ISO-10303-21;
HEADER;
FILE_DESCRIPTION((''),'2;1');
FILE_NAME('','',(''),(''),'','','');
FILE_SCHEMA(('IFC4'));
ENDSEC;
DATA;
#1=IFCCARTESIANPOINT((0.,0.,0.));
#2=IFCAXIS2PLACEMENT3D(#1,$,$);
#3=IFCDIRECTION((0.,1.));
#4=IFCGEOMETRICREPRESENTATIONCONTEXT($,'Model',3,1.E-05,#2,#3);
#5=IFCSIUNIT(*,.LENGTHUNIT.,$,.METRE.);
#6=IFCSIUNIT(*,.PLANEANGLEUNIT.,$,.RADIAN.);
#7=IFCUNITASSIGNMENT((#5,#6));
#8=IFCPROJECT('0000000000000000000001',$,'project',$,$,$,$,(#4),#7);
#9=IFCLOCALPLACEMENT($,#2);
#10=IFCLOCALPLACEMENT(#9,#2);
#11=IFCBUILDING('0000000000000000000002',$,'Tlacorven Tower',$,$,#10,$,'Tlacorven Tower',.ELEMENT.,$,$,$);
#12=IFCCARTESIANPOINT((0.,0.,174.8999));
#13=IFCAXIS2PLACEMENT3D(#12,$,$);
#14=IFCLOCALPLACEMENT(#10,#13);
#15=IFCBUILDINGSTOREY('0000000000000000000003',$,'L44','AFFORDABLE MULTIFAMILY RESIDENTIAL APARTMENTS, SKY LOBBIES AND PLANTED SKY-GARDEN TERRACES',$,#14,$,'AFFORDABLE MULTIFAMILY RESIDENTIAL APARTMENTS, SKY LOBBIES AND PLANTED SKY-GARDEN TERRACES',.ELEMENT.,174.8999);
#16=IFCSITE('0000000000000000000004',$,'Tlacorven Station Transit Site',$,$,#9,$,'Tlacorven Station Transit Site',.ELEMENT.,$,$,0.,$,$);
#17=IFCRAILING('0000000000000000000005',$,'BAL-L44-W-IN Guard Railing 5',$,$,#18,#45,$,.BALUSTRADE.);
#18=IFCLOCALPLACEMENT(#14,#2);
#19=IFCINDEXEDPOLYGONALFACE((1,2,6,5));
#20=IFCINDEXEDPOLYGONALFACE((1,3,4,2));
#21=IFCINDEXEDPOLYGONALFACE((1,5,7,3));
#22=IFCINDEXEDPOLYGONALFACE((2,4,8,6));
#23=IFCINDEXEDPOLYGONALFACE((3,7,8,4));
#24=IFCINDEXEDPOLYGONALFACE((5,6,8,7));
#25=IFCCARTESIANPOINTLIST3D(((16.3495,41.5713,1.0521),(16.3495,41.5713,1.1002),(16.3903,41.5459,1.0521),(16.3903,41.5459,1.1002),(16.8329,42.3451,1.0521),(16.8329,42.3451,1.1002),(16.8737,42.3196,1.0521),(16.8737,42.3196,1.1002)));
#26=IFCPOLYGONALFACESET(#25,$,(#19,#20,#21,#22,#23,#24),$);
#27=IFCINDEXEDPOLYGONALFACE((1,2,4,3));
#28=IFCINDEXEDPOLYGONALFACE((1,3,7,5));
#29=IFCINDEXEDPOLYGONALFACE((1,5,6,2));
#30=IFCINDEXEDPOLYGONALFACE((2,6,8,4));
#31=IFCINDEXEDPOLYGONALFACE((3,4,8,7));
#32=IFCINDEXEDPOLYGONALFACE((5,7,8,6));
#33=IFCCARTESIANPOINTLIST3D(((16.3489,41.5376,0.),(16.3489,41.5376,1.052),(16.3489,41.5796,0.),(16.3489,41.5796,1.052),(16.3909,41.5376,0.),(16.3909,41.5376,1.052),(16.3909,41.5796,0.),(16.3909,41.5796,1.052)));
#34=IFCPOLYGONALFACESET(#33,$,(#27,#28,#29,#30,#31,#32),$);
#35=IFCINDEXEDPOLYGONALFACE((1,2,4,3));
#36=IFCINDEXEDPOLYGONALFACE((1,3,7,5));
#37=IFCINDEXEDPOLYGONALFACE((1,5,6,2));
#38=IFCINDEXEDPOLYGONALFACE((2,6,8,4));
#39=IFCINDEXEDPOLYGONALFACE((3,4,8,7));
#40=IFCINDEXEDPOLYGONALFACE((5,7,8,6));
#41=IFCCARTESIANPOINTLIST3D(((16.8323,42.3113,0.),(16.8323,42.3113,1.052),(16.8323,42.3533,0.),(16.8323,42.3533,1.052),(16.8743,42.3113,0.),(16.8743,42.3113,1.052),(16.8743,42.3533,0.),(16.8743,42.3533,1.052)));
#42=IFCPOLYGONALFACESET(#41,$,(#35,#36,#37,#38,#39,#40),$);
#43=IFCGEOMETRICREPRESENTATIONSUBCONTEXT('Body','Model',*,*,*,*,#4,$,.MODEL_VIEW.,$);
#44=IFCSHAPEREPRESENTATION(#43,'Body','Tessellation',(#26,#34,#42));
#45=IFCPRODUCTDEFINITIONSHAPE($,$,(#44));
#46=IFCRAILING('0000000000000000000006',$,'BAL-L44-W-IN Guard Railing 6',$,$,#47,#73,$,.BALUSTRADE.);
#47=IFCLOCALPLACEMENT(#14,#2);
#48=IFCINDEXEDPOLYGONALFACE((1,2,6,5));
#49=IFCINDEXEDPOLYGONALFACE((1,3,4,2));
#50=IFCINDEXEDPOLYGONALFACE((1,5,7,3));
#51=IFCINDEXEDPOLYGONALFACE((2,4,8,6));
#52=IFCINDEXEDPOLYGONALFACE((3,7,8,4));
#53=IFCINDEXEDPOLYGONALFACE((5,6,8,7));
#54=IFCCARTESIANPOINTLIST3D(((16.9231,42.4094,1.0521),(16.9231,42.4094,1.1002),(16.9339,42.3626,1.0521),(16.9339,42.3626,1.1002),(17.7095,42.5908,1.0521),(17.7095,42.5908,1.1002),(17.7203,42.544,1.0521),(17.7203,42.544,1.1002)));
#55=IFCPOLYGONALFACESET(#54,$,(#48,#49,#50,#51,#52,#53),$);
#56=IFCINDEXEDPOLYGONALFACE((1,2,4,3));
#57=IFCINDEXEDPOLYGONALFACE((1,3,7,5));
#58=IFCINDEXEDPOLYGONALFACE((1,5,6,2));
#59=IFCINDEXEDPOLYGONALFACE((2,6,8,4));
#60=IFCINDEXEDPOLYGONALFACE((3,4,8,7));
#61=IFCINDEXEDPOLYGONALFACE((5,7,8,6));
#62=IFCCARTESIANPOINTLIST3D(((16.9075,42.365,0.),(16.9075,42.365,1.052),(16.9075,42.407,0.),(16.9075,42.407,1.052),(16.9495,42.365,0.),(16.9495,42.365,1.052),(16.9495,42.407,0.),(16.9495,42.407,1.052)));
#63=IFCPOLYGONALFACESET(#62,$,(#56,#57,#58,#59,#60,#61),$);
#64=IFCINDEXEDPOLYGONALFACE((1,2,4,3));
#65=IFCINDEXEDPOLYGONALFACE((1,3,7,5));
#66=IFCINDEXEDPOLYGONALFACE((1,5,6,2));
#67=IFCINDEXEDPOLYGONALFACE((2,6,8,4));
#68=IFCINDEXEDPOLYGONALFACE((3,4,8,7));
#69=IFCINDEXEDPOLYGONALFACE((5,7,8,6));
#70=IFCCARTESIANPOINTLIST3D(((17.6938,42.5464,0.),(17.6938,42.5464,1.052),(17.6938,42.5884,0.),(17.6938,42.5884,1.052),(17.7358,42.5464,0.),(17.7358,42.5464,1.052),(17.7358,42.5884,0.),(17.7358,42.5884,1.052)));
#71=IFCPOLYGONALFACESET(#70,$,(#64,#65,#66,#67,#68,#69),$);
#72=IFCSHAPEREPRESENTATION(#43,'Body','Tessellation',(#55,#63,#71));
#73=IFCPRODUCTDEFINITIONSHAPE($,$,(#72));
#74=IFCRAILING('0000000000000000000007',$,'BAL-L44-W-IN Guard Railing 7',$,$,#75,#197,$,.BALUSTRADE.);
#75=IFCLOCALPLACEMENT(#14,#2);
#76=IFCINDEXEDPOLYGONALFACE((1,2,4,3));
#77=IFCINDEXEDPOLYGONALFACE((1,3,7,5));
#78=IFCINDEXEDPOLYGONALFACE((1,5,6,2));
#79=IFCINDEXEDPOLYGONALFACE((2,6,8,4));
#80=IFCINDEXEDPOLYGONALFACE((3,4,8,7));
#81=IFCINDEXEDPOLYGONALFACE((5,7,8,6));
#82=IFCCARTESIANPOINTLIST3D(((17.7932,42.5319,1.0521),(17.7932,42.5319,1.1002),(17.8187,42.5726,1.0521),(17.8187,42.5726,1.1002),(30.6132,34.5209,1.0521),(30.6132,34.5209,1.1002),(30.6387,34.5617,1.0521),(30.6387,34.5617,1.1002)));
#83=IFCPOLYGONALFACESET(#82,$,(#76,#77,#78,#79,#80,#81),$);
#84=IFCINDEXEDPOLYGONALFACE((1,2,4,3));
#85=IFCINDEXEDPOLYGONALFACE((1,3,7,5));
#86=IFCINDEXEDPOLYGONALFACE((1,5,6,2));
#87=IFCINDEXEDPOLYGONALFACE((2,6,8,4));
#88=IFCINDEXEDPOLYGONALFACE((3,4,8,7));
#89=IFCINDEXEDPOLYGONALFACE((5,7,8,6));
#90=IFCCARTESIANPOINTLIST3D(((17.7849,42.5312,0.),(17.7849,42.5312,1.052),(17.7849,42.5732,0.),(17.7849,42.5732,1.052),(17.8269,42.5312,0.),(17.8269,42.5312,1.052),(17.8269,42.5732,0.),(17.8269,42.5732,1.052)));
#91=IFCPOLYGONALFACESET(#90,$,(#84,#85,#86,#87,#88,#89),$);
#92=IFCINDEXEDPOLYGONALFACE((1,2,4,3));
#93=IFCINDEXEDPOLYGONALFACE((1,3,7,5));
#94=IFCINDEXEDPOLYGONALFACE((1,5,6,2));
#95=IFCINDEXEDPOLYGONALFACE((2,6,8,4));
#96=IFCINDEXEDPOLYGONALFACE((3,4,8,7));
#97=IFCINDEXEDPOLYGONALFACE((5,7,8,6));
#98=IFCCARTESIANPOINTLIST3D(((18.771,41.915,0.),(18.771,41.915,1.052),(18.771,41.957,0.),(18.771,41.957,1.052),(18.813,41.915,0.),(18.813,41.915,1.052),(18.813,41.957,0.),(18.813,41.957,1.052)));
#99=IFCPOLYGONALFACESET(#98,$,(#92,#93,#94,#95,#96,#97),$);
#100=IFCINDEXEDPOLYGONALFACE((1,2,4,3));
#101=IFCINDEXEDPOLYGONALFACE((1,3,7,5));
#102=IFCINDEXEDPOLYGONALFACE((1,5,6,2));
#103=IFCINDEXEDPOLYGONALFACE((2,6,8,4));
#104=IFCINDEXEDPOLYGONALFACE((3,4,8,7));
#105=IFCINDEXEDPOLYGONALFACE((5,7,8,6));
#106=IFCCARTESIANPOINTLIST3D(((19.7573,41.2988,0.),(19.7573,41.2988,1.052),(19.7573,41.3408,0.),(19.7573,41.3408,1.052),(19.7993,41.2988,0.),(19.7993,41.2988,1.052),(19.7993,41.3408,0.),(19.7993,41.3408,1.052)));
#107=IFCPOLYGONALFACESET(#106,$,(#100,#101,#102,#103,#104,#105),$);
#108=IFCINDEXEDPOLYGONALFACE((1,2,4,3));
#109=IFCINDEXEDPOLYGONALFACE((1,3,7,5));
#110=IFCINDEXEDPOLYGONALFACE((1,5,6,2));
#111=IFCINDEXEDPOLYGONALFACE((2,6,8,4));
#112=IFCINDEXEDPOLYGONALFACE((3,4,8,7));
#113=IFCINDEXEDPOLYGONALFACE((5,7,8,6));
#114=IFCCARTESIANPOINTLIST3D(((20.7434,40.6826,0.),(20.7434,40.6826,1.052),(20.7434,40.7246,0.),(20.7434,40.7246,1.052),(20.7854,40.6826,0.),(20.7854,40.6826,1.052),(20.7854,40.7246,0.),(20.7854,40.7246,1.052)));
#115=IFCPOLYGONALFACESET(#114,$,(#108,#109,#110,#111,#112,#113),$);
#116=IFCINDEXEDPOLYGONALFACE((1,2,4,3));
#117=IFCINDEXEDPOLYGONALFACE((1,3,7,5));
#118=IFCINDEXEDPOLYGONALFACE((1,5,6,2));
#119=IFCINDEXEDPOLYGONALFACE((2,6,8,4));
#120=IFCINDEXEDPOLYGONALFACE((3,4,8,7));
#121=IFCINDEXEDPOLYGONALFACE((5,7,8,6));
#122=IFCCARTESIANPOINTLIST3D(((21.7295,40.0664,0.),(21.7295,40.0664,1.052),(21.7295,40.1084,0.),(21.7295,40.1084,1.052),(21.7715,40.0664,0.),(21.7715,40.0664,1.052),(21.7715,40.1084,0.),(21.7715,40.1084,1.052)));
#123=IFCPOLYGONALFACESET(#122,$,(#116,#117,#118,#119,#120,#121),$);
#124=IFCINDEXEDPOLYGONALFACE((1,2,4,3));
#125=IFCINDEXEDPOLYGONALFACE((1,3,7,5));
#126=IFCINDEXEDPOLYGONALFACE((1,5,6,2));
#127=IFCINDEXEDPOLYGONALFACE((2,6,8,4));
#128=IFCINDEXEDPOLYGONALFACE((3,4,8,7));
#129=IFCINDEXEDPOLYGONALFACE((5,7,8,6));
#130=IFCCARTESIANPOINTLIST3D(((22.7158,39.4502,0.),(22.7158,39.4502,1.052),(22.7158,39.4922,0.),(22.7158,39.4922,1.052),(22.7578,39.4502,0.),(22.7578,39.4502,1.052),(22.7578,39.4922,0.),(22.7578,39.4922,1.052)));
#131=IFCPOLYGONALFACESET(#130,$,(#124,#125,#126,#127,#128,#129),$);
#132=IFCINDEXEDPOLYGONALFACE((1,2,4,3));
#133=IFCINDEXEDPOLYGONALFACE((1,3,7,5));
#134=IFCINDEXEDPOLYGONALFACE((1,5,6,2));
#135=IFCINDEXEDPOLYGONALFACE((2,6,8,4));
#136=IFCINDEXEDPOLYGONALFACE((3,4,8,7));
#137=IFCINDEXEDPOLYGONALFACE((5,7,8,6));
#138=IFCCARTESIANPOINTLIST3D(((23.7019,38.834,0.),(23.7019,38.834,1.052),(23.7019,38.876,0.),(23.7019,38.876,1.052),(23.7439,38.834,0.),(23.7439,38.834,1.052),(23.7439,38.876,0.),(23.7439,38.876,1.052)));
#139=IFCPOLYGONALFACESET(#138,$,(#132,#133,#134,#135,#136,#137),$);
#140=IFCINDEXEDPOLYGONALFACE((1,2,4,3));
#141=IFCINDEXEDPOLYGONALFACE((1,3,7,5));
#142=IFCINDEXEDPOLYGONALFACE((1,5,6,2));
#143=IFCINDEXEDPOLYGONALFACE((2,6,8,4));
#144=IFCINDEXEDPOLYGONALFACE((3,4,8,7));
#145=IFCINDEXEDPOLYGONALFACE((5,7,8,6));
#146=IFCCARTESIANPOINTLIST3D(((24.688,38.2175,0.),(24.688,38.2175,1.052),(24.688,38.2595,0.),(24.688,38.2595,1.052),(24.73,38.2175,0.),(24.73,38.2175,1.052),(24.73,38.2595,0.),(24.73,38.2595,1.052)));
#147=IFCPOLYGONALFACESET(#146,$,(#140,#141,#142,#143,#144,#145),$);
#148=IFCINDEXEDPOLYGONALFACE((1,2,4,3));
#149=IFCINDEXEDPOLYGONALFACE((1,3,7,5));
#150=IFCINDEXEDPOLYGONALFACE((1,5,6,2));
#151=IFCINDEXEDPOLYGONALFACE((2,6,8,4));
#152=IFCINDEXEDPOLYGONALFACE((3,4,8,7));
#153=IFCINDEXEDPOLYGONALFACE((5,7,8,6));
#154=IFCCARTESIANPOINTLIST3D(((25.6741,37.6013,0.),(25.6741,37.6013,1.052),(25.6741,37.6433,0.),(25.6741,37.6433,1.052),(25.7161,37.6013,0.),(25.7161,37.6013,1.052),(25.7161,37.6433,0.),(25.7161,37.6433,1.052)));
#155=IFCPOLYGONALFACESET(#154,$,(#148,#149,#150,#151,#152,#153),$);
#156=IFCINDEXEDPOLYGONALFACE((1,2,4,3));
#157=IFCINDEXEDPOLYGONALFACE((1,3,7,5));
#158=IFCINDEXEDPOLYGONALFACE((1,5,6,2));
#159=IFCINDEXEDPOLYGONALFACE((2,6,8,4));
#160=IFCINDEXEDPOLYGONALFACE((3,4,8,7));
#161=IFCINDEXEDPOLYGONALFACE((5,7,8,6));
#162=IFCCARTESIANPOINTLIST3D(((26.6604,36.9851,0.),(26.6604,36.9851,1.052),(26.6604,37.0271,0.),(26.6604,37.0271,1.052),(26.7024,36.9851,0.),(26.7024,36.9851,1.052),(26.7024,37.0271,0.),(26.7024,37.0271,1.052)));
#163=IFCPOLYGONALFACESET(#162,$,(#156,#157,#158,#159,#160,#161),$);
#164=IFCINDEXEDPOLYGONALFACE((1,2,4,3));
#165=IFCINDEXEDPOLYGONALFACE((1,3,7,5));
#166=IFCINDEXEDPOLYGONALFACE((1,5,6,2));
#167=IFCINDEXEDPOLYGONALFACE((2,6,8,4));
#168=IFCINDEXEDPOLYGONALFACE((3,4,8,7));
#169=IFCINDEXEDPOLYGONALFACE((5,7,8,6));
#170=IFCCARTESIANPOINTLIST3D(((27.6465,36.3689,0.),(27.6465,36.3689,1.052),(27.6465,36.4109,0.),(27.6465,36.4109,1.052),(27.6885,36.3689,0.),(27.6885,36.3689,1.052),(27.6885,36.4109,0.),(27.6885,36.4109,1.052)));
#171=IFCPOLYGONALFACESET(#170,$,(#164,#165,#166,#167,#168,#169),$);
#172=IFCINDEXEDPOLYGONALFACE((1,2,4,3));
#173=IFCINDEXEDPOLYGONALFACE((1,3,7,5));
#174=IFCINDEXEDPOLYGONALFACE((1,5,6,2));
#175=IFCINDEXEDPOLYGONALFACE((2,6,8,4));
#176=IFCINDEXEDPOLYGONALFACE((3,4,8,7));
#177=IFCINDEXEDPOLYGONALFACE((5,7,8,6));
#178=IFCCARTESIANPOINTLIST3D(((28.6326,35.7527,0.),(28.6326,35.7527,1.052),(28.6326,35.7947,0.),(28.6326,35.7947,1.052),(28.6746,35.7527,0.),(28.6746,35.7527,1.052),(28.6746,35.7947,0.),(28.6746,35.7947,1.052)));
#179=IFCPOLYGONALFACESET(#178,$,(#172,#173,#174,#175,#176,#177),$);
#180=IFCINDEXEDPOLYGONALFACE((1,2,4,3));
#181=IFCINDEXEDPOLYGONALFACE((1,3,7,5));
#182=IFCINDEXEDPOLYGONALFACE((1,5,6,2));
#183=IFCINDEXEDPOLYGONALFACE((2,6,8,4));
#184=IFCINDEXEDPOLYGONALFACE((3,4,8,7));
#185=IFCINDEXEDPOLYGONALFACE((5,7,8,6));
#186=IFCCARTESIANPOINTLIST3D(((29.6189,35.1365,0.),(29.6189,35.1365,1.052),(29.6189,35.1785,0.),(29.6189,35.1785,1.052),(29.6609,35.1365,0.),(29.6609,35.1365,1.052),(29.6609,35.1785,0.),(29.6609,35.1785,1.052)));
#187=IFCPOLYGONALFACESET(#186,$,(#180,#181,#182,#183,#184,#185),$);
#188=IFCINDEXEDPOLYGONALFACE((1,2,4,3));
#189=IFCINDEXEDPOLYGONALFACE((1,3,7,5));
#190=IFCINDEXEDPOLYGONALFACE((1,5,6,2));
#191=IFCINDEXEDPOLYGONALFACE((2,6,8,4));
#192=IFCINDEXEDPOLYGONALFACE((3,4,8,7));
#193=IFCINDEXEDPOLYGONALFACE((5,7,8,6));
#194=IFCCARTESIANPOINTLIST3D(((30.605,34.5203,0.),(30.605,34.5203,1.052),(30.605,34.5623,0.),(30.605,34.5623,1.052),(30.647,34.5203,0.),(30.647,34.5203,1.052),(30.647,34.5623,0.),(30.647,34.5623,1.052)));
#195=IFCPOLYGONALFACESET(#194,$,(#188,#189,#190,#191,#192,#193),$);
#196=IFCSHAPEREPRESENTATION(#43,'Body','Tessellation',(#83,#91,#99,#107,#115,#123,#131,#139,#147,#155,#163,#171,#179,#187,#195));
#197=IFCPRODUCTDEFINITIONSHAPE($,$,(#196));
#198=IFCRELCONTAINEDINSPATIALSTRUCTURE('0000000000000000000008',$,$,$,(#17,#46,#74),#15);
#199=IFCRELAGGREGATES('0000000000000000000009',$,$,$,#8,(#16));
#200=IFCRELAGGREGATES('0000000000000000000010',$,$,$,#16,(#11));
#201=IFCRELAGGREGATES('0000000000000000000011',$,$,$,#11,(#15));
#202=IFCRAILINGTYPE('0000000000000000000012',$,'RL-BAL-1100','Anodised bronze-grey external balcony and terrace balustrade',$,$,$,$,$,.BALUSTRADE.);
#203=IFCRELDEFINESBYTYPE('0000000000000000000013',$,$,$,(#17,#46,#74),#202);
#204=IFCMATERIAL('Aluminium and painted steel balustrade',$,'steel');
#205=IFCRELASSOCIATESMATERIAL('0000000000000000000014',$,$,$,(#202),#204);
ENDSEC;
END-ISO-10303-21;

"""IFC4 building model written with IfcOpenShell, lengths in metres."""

from ifc_helpers import new_model, si_unit, direction, frame, origin, origin_2d, place, context, subcontext, project, spatial, rectangle, extrude, source, transform, mapped, material, type_object, element, save


model = new_model("IFC4")

# Units and contexts
model_context = context("Model", 3, precision=1e-05, world=origin(), true_north=direction((0.0, 1.0)))
body_context = subcontext(model_context, "Body", "Model", "MODEL_VIEW")
ifc_project = project(units=[si_unit("LENGTHUNIT", "METRE"), si_unit("PLANEANGLEUNIT", "RADIAN")], contexts=[model_context])

# Site, building, storey
site_placement = place(None, origin())
site = spatial("IfcSite", under=ifc_project, at=site_placement, Name="Tlacorven Station Transit Site", LongName="Tlacorven Station Transit Site", CompositionType="ELEMENT", RefElevation=0.0)
building_placement = place(site_placement, origin())
building = spatial("IfcBuilding", under=site, at=building_placement, Name="Tlacorven Tower", LongName="Tlacorven Tower", CompositionType="ELEMENT")
storey_placement = place(building_placement, frame((0.0, 0.0, 174.8999)))
storey = spatial("IfcBuildingStorey", under=building, at=storey_placement, Name="L44", Description="AFFORDABLE MULTIFAMILY RESIDENTIAL APARTMENTS, SKY LOBBIES AND PLANTED SKY-GARDEN TERRACES", LongName="AFFORDABLE MULTIFAMILY RESIDENTIAL APARTMENTS, SKY LOBBIES AND PLANTED SKY-GARDEN TERRACES", CompositionType="ELEMENT", Elevation=174.8999)

# Railings
ifc_material_1 = material(Name="Aluminium and painted steel balustrade", Category="steel")
railing_type = type_object("IfcRailingType", Name="RL-BAL-1100", Description="Anodised bronze-grey external balcony and terrace balustrade", PredefinedType="BALUSTRADE", material=ifc_material_1)
shared_shape_1 = source(origin(), body_context, "Body", "SweptSolid", [
    extrude(rectangle(XDim=0.0481, YDim=0.0481, at=origin_2d()), frame((0.0, 0.0, 1.0762), z_axis=(0.529879, 0.848073, 0.0), x_axis=(-0.848073, 0.529879, 0.0)), (0.0, 0.0, 1.0), 0.9124),
    extrude(rectangle(XDim=0.042, YDim=0.042, at=origin_2d()), origin(), (0.0, 0.0, 1.0), 1.052),
    extrude(rectangle(XDim=0.042, YDim=0.042, at=origin_2d()), frame((0.4834, 0.7737, 0.0)), (0.0, 0.0, 1.0), 1.052),
])
railing_1_placement = place(storey_placement, frame((16.3699, 41.5586, 0.0)))
element("IfcRailing", 1, at=railing_1_placement, inside=storey, type_object=railing_type, Name="BAL-L44-W-IN Guard Railing 5", PredefinedType="BALUSTRADE", context=body_context, shape_type="MappedRepresentation", body=[
    mapped(shared_shape_1, transform((0.0, 0.0, 0.0), scale=1.0)),
])
shared_shape_2 = source(origin(), body_context, "Body", "SweptSolid", [
    extrude(rectangle(XDim=0.0481, YDim=0.0481, at=origin_2d()), frame((0.0, 0.0, 1.0762), z_axis=(0.974412, 0.224771, 0.0), x_axis=(-0.224771, 0.974412, 0.0)), (0.0, 0.0, 1.0), 0.8071),
    extrude(rectangle(XDim=0.042, YDim=0.042, at=origin_2d()), origin(), (0.0, 0.0, 1.0), 1.052),
    extrude(rectangle(XDim=0.042, YDim=0.042, at=origin_2d()), frame((0.7864, 0.1814, 0.0)), (0.0, 0.0, 1.0), 1.052),
])
railing_2_placement = place(storey_placement, frame((16.9285, 42.386, 0.0)))
element("IfcRailing", 2, at=railing_2_placement, inside=storey, type_object=railing_type, Name="BAL-L44-W-IN Guard Railing 6", PredefinedType="BALUSTRADE", context=body_context, shape_type="MappedRepresentation", body=[
    mapped(shared_shape_2, transform((0.0, 0.0, 0.0), scale=1.0)),
])
shared_shape_3 = source(origin(), body_context, "Body", "SweptSolid", [
    extrude(rectangle(XDim=0.0481, YDim=0.0481, at=origin_2d()), frame((0.0, 0.0, 1.0762), z_axis=(0.848045, -0.529925, 0.0), x_axis=(0.529925, 0.848045, 0.0)), (0.0, 0.0, 1.0), 15.1172),
    extrude(rectangle(XDim=0.042, YDim=0.042, at=origin_2d()), origin(), (0.0, 0.0, 1.0), 1.052),
    extrude(rectangle(XDim=0.042, YDim=0.042, at=origin_2d()), frame((0.9861, -0.6162, 0.0)), (0.0, 0.0, 1.0), 1.052),
    extrude(rectangle(XDim=0.042, YDim=0.042, at=origin_2d()), frame((1.9724, -1.2324, 0.0)), (0.0, 0.0, 1.0), 1.052),
    extrude(rectangle(XDim=0.042, YDim=0.042, at=origin_2d()), frame((2.9585, -1.8486, 0.0)), (0.0, 0.0, 1.0), 1.052),
    extrude(rectangle(XDim=0.042, YDim=0.042, at=origin_2d()), frame((3.9446, -2.4648, 0.0)), (0.0, 0.0, 1.0), 1.052),
    extrude(rectangle(XDim=0.042, YDim=0.042, at=origin_2d()), frame((4.9309, -3.0811, 0.0)), (0.0, 0.0, 1.0), 1.052),
    extrude(rectangle(XDim=0.042, YDim=0.042, at=origin_2d()), frame((5.917, -3.6973, 0.0)), (0.0, 0.0, 1.0), 1.052),
    extrude(rectangle(XDim=0.042, YDim=0.042, at=origin_2d()), frame((6.9031, -4.3137, 0.0)), (0.0, 0.0, 1.0), 1.052),
    extrude(rectangle(XDim=0.042, YDim=0.042, at=origin_2d()), frame((7.8892, -4.9299, 0.0)), (0.0, 0.0, 1.0), 1.052),
    extrude(rectangle(XDim=0.042, YDim=0.042, at=origin_2d()), frame((8.8755, -5.5461, 0.0)), (0.0, 0.0, 1.0), 1.052),
    extrude(rectangle(XDim=0.042, YDim=0.042, at=origin_2d()), frame((9.8616, -6.1624, 0.0)), (0.0, 0.0, 1.0), 1.052),
    extrude(rectangle(XDim=0.042, YDim=0.042, at=origin_2d()), frame((10.8477, -6.7786, 0.0)), (0.0, 0.0, 1.0), 1.052),
    extrude(rectangle(XDim=0.042, YDim=0.042, at=origin_2d()), frame((11.834, -7.3948, 0.0)), (0.0, 0.0, 1.0), 1.052),
    extrude(rectangle(XDim=0.042, YDim=0.042, at=origin_2d()), frame((12.8201, -8.011, 0.0)), (0.0, 0.0, 1.0), 1.052),
])
railing_3_placement = place(storey_placement, frame((17.8059, 42.5522, 0.0)))
element("IfcRailing", 3, at=railing_3_placement, inside=storey, type_object=railing_type, Name="BAL-L44-W-IN Guard Railing 7", PredefinedType="BALUSTRADE", context=body_context, shape_type="MappedRepresentation", body=[
    mapped(shared_shape_3, transform((0.0, 0.0, 0.0), scale=1.0)),
])

save(model, "model.ifc")
